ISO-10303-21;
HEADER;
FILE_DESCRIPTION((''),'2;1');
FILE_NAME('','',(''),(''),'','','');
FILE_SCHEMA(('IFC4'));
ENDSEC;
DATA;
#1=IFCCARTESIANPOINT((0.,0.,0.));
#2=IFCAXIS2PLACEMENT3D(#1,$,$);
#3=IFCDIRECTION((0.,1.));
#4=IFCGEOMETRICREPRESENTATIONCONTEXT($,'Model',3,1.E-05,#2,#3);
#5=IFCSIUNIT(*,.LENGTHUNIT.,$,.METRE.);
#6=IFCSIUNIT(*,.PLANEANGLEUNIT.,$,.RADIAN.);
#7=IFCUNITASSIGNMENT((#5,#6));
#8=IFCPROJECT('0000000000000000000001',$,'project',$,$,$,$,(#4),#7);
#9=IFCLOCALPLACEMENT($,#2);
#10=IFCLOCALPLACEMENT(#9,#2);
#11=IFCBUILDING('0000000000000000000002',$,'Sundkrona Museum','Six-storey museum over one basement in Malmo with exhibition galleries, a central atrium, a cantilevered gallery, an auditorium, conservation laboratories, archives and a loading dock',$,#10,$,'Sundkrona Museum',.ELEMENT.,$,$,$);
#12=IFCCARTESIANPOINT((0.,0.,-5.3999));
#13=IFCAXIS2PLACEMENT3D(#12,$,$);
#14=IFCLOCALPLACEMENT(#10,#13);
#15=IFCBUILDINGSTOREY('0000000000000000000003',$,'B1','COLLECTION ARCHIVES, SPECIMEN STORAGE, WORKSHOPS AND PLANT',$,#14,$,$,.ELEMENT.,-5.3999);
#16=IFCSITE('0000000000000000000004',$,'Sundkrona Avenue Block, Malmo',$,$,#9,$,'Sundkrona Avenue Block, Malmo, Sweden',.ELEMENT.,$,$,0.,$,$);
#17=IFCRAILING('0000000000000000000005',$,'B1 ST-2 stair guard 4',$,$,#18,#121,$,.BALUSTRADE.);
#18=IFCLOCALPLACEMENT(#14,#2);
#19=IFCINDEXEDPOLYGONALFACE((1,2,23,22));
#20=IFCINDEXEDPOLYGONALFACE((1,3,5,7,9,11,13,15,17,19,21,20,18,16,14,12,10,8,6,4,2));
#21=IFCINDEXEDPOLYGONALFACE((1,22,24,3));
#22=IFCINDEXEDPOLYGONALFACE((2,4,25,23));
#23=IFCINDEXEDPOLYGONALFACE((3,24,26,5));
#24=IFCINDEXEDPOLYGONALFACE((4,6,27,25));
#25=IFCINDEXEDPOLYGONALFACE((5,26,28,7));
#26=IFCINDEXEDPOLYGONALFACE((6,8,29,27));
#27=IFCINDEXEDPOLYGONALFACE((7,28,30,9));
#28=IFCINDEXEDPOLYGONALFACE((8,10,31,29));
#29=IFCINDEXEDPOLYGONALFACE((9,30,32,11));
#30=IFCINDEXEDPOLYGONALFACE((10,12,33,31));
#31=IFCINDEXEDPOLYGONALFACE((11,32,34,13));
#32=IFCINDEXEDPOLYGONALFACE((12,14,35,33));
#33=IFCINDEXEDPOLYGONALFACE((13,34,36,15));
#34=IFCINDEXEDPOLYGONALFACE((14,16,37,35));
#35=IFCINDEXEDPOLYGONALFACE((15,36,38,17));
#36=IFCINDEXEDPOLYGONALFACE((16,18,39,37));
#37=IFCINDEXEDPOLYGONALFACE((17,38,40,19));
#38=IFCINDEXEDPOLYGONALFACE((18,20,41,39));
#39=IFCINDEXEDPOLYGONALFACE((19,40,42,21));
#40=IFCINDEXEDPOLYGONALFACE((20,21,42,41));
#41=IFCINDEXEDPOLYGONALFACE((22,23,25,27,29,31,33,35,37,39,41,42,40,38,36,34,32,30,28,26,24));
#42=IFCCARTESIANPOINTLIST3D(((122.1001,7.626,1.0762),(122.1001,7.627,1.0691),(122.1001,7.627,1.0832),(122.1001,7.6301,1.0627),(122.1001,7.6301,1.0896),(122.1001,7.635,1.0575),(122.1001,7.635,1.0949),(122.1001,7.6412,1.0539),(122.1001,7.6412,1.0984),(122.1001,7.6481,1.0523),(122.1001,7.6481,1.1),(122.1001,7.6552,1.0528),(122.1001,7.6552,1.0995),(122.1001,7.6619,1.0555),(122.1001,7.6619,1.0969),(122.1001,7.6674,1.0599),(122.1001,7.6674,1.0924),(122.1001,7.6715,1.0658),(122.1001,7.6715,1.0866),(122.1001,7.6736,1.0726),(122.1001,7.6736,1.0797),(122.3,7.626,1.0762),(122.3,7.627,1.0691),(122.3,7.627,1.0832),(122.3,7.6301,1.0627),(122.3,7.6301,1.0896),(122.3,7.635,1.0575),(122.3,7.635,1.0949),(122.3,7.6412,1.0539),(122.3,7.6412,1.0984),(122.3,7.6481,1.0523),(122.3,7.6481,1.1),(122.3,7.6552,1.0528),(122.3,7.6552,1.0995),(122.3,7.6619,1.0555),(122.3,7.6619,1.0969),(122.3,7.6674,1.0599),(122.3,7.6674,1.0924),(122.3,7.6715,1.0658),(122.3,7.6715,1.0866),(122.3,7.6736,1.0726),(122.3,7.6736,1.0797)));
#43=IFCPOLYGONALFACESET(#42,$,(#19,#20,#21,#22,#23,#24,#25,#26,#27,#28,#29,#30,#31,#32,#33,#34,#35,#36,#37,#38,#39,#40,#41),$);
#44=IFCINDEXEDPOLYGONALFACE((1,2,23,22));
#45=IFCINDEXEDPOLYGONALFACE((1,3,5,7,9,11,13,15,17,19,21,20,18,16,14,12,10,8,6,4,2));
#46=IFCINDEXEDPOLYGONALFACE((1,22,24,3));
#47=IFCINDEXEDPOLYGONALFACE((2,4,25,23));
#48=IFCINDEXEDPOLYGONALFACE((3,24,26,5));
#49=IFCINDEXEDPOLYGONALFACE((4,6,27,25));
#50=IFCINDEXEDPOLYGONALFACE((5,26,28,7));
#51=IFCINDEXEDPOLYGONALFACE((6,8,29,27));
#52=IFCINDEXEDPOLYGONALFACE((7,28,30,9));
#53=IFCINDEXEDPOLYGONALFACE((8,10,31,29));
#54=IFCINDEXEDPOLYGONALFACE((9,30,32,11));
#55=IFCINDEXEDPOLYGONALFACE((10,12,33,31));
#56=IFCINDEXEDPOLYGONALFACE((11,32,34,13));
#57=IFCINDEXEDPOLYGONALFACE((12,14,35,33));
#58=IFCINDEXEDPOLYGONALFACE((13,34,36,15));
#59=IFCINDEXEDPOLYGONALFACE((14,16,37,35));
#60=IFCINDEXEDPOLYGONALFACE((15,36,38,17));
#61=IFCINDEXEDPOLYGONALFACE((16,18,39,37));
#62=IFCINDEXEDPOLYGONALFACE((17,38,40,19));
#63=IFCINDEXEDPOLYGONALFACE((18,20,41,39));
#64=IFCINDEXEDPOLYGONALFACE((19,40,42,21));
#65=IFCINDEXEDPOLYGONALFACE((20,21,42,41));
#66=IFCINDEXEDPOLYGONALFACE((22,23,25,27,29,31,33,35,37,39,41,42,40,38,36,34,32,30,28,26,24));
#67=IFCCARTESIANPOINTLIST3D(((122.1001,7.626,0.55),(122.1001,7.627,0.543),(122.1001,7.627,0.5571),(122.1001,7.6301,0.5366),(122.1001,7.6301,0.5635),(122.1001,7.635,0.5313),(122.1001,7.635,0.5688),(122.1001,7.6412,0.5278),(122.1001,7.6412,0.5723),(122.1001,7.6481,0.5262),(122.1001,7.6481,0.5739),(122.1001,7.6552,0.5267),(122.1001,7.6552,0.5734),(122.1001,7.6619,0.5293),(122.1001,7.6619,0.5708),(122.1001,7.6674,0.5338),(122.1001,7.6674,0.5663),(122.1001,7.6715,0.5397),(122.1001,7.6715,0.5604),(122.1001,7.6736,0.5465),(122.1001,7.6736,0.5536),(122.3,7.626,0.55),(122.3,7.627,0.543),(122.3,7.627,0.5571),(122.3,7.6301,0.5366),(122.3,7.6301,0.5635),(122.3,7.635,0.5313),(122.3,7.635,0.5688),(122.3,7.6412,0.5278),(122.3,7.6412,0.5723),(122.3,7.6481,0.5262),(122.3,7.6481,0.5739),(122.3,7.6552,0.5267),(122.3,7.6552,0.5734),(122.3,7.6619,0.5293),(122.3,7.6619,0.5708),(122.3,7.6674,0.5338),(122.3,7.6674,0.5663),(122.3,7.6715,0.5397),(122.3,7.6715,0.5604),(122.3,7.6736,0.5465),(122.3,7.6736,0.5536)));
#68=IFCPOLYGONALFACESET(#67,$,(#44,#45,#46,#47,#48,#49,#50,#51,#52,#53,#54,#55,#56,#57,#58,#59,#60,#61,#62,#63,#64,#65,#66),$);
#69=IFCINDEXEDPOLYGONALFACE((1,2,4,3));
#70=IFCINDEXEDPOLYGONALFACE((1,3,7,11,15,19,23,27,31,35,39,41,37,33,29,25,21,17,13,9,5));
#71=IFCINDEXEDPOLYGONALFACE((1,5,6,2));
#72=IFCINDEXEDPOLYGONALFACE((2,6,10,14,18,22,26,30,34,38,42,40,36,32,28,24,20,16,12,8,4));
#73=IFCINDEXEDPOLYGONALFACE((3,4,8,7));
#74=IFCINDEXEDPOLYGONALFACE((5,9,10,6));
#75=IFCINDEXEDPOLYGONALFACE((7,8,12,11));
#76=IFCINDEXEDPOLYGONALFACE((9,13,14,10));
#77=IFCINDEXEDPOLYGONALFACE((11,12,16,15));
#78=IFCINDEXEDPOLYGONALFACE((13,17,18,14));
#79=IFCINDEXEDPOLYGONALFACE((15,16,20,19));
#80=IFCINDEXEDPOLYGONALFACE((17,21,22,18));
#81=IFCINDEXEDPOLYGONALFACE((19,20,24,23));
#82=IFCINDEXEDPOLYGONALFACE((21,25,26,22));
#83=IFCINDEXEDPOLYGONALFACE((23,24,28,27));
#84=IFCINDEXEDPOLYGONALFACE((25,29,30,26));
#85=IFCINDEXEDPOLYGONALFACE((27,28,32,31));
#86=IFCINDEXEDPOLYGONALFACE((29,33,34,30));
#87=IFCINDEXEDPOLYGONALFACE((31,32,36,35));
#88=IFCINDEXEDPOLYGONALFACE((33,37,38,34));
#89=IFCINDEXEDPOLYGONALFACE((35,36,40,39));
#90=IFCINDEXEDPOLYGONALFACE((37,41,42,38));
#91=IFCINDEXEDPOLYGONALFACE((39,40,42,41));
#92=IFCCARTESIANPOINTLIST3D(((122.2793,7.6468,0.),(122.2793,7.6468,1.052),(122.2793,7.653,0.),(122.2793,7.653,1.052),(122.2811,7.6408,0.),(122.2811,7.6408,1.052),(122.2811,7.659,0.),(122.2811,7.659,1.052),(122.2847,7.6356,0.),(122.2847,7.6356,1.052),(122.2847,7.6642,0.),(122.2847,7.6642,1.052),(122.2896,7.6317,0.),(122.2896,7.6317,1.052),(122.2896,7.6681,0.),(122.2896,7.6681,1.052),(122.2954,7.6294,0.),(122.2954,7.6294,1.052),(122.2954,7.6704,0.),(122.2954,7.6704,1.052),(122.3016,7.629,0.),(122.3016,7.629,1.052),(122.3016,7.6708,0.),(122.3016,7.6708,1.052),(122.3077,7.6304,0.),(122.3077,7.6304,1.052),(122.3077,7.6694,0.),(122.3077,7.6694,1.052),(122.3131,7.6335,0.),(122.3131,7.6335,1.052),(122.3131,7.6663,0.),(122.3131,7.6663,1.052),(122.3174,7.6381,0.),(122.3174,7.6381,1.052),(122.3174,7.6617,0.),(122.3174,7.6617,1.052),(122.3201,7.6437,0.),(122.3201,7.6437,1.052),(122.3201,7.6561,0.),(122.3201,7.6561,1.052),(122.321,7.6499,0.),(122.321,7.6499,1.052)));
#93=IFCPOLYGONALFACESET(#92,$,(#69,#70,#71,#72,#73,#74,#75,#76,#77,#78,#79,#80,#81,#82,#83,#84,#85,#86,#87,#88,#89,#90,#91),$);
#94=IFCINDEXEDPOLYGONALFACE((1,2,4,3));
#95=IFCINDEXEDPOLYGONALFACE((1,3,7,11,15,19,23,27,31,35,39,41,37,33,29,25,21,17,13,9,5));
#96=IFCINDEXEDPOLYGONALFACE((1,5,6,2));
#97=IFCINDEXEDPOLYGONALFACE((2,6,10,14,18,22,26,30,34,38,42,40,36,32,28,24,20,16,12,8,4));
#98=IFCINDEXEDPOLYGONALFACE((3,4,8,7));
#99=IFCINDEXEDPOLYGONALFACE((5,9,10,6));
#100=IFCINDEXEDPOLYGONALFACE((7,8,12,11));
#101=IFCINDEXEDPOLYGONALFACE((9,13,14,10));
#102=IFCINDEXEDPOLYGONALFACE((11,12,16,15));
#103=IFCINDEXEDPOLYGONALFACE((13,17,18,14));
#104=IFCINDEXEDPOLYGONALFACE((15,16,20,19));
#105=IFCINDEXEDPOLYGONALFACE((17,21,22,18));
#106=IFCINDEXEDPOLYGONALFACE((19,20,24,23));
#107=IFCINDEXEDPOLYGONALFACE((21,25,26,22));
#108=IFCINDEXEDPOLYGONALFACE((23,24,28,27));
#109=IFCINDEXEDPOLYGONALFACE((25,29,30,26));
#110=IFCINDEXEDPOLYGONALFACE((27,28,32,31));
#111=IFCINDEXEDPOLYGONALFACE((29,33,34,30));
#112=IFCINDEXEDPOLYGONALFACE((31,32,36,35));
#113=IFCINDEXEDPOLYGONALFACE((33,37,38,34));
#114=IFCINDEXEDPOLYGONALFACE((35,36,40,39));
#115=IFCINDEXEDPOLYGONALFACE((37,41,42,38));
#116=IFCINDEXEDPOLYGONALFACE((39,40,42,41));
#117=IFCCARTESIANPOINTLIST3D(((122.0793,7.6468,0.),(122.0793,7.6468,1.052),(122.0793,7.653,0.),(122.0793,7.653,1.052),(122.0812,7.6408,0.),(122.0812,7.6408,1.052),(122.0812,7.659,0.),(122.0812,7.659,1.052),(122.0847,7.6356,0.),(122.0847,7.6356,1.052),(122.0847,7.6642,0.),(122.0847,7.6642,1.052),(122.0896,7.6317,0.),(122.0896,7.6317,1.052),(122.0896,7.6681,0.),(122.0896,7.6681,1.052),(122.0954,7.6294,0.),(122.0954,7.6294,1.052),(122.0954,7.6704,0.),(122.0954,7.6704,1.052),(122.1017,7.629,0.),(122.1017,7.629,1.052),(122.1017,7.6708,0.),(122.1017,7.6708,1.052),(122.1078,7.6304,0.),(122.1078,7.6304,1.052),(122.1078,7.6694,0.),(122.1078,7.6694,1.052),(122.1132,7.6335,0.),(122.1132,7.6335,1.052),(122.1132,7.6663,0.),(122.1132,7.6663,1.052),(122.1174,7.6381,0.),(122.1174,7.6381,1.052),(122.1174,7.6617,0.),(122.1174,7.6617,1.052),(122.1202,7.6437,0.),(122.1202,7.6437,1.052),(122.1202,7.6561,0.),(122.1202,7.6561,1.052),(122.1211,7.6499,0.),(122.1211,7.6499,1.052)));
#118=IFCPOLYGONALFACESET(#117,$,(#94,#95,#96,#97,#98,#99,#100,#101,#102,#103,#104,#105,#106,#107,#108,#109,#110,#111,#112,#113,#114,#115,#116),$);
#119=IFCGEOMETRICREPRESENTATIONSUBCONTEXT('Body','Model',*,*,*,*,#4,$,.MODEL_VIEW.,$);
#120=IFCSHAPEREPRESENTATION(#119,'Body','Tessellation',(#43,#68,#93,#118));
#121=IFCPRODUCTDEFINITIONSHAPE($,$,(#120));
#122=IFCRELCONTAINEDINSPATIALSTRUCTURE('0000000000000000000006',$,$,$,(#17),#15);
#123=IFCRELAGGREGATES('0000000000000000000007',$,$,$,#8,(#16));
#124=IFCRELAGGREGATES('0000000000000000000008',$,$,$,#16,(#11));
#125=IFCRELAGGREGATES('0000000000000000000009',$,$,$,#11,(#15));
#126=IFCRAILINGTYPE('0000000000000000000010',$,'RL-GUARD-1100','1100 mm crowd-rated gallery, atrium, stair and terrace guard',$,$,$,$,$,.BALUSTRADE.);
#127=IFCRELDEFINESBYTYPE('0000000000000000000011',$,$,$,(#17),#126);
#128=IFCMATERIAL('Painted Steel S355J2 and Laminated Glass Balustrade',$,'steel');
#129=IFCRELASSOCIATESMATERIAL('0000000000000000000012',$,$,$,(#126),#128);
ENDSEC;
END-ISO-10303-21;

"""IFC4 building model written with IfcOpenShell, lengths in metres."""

from ifc_helpers import new_model, si_unit, direction, frame, origin, origin_2d, place, context, subcontext, project, spatial, circle, extrude, material, type_object, element, save


model = new_model("IFC4")

# Units and contexts
model_context = context("Model", 3, precision=1e-05, world=origin(), true_north=direction((0.0, 1.0)))
body_context = subcontext(model_context, "Body", "Model", "MODEL_VIEW")
ifc_project = project(units=[si_unit("LENGTHUNIT", "METRE"), si_unit("PLANEANGLEUNIT", "RADIAN")], contexts=[model_context])

# Site, building, storey
site_placement = place(None, origin())
site = spatial("IfcSite", under=ifc_project, at=site_placement, Name="Sundkrona Avenue Block, Malmo", LongName="Sundkrona Avenue Block, Malmo, Sweden", CompositionType="ELEMENT", RefElevation=0.0)
building_placement = place(site_placement, origin())
building = spatial("IfcBuilding", under=site, at=building_placement, Name="Sundkrona Museum", Description="Six-storey museum over one basement in Malmo with exhibition galleries, a central atrium, a cantilevered gallery, an auditorium, conservation laboratories, archives and a loading dock", LongName="Sundkrona Museum", CompositionType="ELEMENT")
storey_placement = place(building_placement, frame((0.0, 0.0, -5.3999)))
storey = spatial("IfcBuildingStorey", under=building, at=storey_placement, Name="B1", Description="COLLECTION ARCHIVES, SPECIMEN STORAGE, WORKSHOPS AND PLANT", CompositionType="ELEMENT", Elevation=-5.3999)

# Railing
ifc_material_1 = material(Name="Painted Steel S355J2 and Laminated Glass Balustrade", Category="steel")
railing_type_1 = type_object("IfcRailingType", Name="RL-GUARD-1100", Description="1100 mm crowd-rated gallery, atrium, stair and terrace guard", PredefinedType="BALUSTRADE", material=ifc_material_1)
railing_1_placement = place(storey_placement, frame((122.3, 7.6499, 0.0)))
element("IfcRailing", 1, at=railing_1_placement, inside=storey, type_object=railing_type_1, Name="B1 ST-2 stair guard 4", PredefinedType="BALUSTRADE", context=body_context, shape_type="SweptSolid", body=[
    extrude(circle(Radius=0.0239, at=origin_2d()), frame((0.0, 0.0, 1.0762), z_axis=(-1.0, 0.0, 0.0), x_axis=(0.0, -1.0, 0.0)), (0.0, 0.0, 1.0), 0.2),
    extrude(circle(Radius=0.0239, at=origin_2d()), frame((0.0, 0.0, 0.55), z_axis=(-1.0, 0.0, 0.0), x_axis=(0.0, -1.0, 0.0)), (0.0, 0.0, 1.0), 0.2),
    extrude(circle(Radius=0.021, at=origin_2d()), origin(), (0.0, 0.0, 1.0), 1.052),
    extrude(circle(Radius=0.021, at=origin_2d()), frame((-0.2, 0.0, 0.0)), (0.0, 0.0, 1.0), 1.052),
])

save(model, "model.ifc")
